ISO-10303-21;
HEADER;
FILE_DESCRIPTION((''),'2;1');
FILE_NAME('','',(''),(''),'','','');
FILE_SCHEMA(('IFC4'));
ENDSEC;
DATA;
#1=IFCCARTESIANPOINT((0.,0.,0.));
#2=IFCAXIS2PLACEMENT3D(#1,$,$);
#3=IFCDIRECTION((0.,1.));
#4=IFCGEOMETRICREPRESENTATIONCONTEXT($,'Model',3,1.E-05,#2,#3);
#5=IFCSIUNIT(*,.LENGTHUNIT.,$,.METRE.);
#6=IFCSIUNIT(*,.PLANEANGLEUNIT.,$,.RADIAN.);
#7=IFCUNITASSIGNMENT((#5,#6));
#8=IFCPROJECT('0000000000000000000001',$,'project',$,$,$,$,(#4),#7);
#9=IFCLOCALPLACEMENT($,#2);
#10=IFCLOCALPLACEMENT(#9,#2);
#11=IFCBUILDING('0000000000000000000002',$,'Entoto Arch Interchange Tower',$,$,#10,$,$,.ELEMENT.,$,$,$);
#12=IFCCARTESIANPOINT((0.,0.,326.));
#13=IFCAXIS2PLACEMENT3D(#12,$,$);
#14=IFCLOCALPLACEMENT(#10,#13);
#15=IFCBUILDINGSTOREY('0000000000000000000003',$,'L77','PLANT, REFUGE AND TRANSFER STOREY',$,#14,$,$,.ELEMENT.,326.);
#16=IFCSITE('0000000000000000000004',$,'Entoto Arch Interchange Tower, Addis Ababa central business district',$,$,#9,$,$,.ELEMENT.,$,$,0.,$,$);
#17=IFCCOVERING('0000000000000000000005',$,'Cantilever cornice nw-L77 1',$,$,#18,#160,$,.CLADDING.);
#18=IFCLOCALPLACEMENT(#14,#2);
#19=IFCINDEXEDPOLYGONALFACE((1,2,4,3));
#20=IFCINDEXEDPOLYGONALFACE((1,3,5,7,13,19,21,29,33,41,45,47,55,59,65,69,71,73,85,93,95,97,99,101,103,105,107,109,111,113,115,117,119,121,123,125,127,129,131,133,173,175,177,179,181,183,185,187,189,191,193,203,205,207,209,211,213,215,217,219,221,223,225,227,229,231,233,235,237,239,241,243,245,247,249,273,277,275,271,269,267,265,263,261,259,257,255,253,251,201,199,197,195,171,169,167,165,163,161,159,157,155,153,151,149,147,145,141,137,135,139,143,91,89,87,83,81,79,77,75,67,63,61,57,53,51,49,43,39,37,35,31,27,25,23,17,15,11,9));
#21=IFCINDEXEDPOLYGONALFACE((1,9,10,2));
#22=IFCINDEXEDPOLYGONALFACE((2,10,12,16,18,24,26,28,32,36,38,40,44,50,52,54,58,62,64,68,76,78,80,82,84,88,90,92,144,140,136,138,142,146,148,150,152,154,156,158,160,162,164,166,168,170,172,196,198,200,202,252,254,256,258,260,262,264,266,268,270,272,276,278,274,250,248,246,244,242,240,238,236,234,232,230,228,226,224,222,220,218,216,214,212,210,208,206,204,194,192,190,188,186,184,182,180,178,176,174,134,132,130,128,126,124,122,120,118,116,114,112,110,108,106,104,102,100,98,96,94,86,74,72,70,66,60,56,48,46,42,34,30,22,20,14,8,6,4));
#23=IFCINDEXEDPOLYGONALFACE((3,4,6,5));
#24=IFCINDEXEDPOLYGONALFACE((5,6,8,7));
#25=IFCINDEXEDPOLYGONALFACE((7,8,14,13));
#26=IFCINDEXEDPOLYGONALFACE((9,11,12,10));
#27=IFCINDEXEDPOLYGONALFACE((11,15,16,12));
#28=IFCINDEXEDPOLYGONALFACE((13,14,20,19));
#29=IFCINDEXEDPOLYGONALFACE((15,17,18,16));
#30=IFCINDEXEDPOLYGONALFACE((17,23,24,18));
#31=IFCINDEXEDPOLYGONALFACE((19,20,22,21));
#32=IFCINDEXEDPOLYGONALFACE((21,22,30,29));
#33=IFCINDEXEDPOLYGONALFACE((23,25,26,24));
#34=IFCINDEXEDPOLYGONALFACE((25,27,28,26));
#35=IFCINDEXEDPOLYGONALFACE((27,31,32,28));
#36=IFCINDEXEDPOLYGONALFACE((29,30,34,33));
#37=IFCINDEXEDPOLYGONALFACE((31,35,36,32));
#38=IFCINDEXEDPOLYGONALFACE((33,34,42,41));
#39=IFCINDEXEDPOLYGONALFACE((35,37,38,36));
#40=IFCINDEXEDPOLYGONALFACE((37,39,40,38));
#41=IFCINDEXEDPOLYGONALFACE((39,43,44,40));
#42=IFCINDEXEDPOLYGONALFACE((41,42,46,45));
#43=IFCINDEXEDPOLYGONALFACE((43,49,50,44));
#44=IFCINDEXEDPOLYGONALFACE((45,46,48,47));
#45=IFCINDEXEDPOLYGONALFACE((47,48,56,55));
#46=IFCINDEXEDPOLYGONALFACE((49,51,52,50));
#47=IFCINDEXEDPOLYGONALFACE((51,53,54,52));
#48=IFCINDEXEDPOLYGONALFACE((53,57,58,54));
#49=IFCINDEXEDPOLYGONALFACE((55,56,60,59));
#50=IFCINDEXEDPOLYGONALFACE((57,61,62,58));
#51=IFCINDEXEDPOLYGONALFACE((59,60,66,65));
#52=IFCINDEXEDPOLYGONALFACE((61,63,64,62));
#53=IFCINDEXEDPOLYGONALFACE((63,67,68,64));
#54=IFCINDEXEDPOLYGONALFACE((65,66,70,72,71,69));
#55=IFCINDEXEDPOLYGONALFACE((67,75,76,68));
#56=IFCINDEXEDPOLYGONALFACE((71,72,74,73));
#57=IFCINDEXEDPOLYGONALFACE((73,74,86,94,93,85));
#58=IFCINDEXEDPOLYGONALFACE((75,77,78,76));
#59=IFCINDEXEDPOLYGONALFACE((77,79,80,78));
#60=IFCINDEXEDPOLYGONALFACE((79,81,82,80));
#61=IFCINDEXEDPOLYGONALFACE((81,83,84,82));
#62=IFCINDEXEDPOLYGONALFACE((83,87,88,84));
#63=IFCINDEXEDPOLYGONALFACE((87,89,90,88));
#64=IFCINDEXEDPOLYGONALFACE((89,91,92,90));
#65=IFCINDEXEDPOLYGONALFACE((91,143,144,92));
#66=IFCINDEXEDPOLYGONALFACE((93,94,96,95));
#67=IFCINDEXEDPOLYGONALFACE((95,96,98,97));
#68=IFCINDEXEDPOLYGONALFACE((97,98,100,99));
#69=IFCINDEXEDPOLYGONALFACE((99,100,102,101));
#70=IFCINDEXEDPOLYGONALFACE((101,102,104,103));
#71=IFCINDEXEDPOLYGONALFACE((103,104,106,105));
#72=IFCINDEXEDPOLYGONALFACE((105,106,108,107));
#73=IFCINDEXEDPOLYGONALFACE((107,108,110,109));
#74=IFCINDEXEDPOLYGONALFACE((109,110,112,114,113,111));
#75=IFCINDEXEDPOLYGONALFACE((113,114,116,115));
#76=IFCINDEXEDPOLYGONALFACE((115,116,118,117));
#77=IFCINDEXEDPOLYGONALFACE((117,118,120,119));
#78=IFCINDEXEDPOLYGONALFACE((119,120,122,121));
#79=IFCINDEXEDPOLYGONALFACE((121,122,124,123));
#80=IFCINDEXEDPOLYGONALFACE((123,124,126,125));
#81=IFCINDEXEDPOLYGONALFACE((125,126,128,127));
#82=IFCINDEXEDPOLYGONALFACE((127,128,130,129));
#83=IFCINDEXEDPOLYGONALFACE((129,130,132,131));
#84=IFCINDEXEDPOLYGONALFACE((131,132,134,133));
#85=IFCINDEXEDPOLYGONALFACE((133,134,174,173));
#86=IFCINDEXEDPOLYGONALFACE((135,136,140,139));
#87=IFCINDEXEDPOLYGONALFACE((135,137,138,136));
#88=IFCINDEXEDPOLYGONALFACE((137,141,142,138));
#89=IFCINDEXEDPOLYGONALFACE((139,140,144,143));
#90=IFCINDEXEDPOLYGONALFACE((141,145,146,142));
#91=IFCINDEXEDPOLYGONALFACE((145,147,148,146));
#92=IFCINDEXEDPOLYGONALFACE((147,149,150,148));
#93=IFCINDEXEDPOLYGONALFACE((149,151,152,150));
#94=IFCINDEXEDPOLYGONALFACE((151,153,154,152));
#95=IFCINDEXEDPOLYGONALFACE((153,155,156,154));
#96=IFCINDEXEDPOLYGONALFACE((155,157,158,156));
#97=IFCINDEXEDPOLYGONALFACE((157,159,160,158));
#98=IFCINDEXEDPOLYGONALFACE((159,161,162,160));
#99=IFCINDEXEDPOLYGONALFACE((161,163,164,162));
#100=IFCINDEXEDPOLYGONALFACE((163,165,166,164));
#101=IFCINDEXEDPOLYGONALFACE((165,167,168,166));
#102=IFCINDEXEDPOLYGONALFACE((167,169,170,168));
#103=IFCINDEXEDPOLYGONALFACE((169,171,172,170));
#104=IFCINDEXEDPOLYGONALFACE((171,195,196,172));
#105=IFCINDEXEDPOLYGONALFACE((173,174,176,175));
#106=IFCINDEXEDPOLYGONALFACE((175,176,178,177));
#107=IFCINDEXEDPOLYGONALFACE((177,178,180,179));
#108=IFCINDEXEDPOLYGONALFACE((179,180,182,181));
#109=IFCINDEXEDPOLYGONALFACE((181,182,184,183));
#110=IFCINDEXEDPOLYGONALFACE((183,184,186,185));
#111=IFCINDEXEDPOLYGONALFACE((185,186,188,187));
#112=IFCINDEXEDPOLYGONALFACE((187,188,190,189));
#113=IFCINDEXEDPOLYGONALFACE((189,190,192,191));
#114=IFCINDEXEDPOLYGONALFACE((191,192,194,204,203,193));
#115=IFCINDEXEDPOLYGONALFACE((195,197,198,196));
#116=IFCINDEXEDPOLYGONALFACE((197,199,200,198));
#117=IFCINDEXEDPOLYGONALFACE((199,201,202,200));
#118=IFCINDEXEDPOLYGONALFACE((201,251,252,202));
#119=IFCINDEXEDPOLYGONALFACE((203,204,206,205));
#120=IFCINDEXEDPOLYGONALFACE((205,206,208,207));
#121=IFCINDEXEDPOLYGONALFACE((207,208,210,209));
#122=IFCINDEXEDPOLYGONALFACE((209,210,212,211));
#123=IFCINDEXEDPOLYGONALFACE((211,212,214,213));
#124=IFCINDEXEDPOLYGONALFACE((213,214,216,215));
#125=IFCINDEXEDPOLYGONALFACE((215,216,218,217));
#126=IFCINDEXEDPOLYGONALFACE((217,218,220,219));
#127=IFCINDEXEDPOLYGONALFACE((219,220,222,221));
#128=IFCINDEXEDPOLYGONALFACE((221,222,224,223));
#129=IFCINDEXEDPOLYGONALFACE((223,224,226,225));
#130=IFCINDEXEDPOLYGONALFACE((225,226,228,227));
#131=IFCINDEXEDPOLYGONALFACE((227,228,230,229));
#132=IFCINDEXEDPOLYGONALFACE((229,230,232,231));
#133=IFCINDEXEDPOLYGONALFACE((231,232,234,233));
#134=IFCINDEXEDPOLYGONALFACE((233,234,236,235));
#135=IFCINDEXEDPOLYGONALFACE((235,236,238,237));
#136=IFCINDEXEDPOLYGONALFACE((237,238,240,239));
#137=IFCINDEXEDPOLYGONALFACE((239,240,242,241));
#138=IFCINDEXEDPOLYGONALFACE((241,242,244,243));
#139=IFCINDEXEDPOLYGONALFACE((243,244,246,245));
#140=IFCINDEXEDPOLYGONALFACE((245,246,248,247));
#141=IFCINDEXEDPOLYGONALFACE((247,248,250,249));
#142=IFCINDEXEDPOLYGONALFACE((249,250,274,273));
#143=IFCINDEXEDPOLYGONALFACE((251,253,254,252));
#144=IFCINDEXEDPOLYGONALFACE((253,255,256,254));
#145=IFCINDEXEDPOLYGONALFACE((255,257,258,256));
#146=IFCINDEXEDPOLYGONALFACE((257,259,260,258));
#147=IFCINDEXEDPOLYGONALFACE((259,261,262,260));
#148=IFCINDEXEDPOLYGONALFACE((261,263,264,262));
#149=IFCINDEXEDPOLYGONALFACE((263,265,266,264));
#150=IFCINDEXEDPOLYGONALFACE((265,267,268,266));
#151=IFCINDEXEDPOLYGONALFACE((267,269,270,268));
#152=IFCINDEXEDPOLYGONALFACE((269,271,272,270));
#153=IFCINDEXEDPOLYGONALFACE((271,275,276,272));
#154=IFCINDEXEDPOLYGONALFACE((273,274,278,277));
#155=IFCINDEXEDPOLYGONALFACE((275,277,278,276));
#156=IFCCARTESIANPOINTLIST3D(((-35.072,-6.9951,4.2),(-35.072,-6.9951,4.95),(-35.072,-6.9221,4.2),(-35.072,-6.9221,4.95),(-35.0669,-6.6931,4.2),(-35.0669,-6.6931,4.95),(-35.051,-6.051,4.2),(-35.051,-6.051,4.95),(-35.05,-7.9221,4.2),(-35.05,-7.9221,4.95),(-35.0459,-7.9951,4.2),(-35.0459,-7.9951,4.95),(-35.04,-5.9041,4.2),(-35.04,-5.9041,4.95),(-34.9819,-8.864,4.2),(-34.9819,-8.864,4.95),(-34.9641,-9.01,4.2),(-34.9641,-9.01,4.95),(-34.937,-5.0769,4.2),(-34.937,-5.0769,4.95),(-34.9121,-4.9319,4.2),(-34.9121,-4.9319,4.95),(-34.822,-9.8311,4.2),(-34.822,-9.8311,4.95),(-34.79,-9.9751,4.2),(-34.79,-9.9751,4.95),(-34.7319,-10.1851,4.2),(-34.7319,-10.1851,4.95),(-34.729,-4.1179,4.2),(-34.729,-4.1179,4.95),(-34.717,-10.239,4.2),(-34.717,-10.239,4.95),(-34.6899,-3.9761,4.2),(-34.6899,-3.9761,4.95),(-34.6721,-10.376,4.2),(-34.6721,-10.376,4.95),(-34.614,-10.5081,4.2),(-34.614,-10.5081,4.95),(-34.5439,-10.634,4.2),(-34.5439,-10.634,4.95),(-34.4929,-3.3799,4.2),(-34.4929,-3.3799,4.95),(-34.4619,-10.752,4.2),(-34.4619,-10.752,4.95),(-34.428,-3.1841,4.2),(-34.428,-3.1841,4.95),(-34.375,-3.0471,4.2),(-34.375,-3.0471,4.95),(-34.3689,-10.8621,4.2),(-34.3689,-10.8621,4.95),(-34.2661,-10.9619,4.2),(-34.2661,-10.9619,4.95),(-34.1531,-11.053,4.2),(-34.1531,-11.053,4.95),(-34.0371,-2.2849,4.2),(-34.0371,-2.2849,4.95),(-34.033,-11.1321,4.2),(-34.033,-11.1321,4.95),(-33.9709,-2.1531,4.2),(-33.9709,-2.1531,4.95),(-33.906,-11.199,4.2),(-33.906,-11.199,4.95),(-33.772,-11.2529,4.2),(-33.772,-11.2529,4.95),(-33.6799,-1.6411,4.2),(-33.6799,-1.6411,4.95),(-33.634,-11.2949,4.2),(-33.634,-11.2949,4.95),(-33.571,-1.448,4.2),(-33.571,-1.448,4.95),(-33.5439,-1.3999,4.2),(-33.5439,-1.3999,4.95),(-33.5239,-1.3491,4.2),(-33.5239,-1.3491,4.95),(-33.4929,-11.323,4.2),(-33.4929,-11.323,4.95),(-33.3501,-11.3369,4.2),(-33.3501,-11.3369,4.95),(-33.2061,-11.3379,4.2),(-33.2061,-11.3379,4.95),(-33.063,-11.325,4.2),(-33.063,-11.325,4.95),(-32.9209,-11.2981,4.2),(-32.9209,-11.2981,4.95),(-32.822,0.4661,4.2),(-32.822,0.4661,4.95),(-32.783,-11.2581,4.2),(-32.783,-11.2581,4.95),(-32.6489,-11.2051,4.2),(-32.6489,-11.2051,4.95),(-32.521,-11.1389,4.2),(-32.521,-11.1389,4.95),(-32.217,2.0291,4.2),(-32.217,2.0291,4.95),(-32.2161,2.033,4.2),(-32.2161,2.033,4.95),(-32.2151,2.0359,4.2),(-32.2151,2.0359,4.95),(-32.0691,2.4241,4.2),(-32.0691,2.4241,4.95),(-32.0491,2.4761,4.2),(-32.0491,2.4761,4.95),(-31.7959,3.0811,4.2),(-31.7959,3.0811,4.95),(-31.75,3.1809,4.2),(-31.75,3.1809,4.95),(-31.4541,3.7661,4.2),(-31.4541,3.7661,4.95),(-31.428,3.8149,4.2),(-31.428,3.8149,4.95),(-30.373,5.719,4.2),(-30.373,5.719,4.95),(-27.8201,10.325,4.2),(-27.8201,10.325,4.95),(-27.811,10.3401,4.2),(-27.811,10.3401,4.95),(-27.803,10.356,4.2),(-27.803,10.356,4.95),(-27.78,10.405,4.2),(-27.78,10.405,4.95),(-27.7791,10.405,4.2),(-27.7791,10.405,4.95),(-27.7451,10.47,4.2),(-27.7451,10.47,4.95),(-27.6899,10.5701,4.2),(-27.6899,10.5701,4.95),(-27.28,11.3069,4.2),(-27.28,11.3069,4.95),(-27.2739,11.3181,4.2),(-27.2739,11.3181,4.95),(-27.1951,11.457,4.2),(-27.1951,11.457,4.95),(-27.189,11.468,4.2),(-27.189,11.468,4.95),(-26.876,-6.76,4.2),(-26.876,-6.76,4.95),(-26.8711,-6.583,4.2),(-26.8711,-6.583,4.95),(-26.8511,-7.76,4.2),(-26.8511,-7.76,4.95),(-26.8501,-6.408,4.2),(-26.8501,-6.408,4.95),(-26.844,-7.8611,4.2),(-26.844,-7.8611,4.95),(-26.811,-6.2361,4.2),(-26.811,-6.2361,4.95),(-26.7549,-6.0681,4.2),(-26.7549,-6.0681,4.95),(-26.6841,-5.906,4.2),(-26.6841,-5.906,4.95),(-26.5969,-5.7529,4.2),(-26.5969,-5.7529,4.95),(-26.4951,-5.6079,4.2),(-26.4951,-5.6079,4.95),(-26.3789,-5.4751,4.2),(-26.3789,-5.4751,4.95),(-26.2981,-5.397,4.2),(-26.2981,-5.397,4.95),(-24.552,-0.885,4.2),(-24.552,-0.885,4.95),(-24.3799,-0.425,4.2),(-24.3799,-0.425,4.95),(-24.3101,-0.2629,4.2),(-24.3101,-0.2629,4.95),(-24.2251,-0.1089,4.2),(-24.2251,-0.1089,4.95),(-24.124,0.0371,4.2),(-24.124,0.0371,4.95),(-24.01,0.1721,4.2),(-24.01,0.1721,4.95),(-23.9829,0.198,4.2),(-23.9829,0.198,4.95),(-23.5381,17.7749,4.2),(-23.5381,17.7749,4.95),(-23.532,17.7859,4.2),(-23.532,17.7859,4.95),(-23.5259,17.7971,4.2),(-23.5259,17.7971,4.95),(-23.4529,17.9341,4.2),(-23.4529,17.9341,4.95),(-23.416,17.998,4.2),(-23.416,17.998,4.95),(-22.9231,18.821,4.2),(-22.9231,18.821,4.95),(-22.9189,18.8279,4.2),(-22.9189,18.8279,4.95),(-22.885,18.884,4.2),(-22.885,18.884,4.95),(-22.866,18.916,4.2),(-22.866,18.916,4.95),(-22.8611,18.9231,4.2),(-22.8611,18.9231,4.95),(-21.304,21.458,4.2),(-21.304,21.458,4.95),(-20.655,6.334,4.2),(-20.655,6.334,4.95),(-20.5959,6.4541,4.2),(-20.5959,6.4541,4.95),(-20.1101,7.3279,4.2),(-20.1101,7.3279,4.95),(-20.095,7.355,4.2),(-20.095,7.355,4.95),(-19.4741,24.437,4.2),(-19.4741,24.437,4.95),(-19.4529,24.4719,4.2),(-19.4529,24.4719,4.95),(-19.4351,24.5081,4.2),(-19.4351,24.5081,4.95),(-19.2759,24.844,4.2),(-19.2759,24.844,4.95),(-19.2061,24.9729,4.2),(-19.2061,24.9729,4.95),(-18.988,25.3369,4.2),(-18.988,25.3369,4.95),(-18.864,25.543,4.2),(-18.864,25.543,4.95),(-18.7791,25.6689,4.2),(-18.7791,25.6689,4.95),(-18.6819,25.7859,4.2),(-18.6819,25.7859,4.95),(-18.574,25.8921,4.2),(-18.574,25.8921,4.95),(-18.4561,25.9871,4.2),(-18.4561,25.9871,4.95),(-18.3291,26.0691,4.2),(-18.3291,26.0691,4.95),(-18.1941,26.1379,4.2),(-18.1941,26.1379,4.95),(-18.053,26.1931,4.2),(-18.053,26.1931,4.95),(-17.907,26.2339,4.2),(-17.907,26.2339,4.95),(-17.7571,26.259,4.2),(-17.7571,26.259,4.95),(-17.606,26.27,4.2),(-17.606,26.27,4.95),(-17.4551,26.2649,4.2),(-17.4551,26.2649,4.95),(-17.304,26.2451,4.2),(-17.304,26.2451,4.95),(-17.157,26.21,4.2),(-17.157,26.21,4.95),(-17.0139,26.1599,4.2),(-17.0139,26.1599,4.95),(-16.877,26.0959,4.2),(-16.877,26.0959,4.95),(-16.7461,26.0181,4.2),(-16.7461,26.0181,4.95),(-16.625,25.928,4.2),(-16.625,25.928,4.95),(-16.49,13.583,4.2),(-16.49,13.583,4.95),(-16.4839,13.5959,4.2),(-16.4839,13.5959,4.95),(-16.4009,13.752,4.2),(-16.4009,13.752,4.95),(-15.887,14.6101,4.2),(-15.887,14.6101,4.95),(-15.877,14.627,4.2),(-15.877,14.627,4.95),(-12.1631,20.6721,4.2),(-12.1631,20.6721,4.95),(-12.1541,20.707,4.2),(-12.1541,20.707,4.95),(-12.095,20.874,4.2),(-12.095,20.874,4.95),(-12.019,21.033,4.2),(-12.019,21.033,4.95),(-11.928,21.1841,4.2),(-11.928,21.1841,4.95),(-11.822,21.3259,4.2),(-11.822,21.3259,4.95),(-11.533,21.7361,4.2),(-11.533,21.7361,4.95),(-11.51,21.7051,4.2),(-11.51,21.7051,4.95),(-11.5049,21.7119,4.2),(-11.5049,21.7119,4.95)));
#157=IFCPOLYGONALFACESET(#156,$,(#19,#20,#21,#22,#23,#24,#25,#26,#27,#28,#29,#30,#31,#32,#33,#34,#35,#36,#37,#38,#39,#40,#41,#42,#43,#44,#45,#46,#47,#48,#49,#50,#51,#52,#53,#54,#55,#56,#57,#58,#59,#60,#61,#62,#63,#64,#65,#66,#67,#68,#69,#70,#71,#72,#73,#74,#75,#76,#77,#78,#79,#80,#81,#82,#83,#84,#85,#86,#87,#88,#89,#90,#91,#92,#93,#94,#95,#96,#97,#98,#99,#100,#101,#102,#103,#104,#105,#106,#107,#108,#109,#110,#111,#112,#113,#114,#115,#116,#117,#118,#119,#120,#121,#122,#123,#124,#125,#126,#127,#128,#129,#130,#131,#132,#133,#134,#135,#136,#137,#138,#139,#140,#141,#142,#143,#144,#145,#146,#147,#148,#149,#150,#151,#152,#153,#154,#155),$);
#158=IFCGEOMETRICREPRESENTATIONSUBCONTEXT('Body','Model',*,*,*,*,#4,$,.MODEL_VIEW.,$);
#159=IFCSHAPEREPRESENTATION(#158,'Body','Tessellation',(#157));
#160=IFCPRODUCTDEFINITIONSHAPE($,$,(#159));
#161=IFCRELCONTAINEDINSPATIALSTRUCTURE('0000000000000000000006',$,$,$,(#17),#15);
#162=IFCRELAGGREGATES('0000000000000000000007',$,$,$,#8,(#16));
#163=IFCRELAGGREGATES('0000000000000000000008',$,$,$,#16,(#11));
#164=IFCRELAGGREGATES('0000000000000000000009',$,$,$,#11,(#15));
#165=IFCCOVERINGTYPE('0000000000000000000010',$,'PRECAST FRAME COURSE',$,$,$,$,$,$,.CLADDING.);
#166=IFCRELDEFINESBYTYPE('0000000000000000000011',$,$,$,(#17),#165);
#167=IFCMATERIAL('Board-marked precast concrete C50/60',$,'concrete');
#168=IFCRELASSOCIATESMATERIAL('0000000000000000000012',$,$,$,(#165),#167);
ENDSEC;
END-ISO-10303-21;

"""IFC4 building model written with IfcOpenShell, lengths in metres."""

from ifc_helpers import new_model, si_unit, direction, frame, origin, place, context, subcontext, project, spatial, polyline, outline, extrude, material, type_object, element, save


model = new_model("IFC4")

# Units and contexts
model_context = context("Model", 3, precision=1e-05, world=origin(), true_north=direction((0.0, 1.0)))
body_context = subcontext(model_context, "Body", "Model", "MODEL_VIEW")
ifc_project = project(units=[si_unit("LENGTHUNIT", "METRE"), si_unit("PLANEANGLEUNIT", "RADIAN")], contexts=[model_context])

# Site, building, storey
site_placement = place(None, origin())
site = spatial("IfcSite", under=ifc_project, at=site_placement, Name="Entoto Arch Interchange Tower, Addis Ababa central business district", CompositionType="ELEMENT", RefElevation=0.0)
building_placement = place(site_placement, origin())
building = spatial("IfcBuilding", under=site, at=building_placement, Name="Entoto Arch Interchange Tower", CompositionType="ELEMENT")
storey_placement = place(building_placement, frame((0.0, 0.0, 326.0)))
storey = spatial("IfcBuildingStorey", under=building, at=storey_placement, Name="L77", Description="PLANT, REFUGE AND TRANSFER STOREY", CompositionType="ELEMENT", Elevation=326.0)

# Covering
ifc_material_1 = material(Name="Board-marked precast concrete C50/60", Category="concrete")
covering_type = type_object("IfcCoveringType", Name="PRECAST FRAME COURSE", PredefinedType="CLADDING", material=ifc_material_1)
covering_1_placement = place(storey_placement, frame((0.0, 0.0, 4.2)))
element("IfcCovering", 1, at=covering_1_placement, inside=storey, type_object=covering_type, Name="Cantilever cornice nw-L77 1", PredefinedType="CLADDING", context=body_context, shape_type="SweptSolid", body=[
    extrude(outline(polyline([(-32.783, -11.2581), (-32.9209, -11.2981), (-33.063, -11.325), (-33.2061, -11.3379), (-33.3501, -11.3369), (-33.4929, -11.323), (-33.634, -11.2949), (-33.772, -11.2529), (-33.906, -11.199), (-34.033, -11.1321), (-34.1531, -11.053), (-34.2661, -10.9619), (-34.3689, -10.8621), (-34.4619, -10.752), (-34.5439, -10.634), (-34.614, -10.5081), (-34.6721, -10.376), (-34.717, -10.239), (-34.7319, -10.1851), (-34.79, -9.9751), (-34.822, -9.8311), (-34.9641, -9.01), (-34.9819, -8.864), (-35.0459, -7.9951), (-35.05, -7.9221), (-35.072, -6.9951), (-35.072, -6.9221), (-35.0669, -6.6931), (-35.051, -6.051), (-35.04, -5.9041), (-34.937, -5.0769), (-34.9121, -4.9319), (-34.729, -4.1179), (-34.6899, -3.9761), (-34.4929, -3.3799), (-34.428, -3.1841), (-34.375, -3.0471), (-34.0371, -2.2849), (-33.9709, -2.1531), (-33.6799, -1.6411), (-33.571, -1.448), (-33.5439, -1.3999), (-33.5239, -1.3491), (-32.822, 0.4661), (-32.217, 2.0291), (-32.2161, 2.033), (-32.2151, 2.0359), (-32.0691, 2.4241), (-32.0491, 2.4761), (-31.7959, 3.0811), (-31.75, 3.1809), (-31.4541, 3.7661), (-31.428, 3.8149), (-30.373, 5.719), (-27.8201, 10.325), (-27.811, 10.3401), (-27.803, 10.356), (-27.78, 10.405), (-27.7791, 10.405), (-27.7451, 10.47), (-27.6899, 10.5701), (-27.28, 11.3069), (-27.2739, 11.3181), (-27.1951, 11.457), (-27.189, 11.468), (-23.5381, 17.7749), (-23.532, 17.7859), (-23.5259, 17.7971), (-23.4529, 17.9341), (-23.416, 17.998), (-22.9231, 18.821), (-22.9189, 18.8279), (-22.885, 18.884), (-22.866, 18.916), (-22.8611, 18.9231), (-21.304, 21.458), (-19.4741, 24.437), (-19.4529, 24.4719), (-19.4351, 24.5081), (-19.2759, 24.844), (-19.2061, 24.9729), (-18.988, 25.3369), (-18.864, 25.543), (-18.7791, 25.6689), (-18.6819, 25.7859), (-18.574, 25.8921), (-18.4561, 25.9871), (-18.3291, 26.0691), (-18.1941, 26.1379), (-18.053, 26.1931), (-17.907, 26.2339), (-17.7571, 26.259), (-17.606, 26.27), (-17.4551, 26.2649), (-17.304, 26.2451), (-17.157, 26.21), (-17.0139, 26.1599), (-16.877, 26.0959), (-16.7461, 26.0181), (-16.625, 25.928), (-11.533, 21.7361), (-11.5049, 21.7119), (-11.51, 21.7051), (-11.822, 21.3259), (-11.928, 21.1841), (-12.019, 21.033), (-12.095, 20.874), (-12.1541, 20.707), (-12.1631, 20.6721), (-15.877, 14.627), (-15.887, 14.6101), (-16.4009, 13.752), (-16.4839, 13.5959), (-16.49, 13.583), (-20.095, 7.355), (-20.1101, 7.3279), (-20.5959, 6.4541), (-20.655, 6.334), (-23.9829, 0.198), (-24.01, 0.1721), (-24.124, 0.0371), (-24.2251, -0.1089), (-24.3101, -0.2629), (-24.3799, -0.425), (-24.552, -0.885), (-26.2981, -5.397), (-26.3789, -5.4751), (-26.4951, -5.6079), (-26.5969, -5.7529), (-26.6841, -5.906), (-26.7549, -6.0681), (-26.811, -6.2361), (-26.8501, -6.408), (-26.8711, -6.583), (-26.876, -6.76), (-26.8511, -7.76), (-26.844, -7.8611), (-32.521, -11.1389), (-32.6489, -11.2051), (-32.783, -11.2581)])), origin(), (0.0, 0.0, 1.0), 0.75),
])

save(model, "model.ifc")
